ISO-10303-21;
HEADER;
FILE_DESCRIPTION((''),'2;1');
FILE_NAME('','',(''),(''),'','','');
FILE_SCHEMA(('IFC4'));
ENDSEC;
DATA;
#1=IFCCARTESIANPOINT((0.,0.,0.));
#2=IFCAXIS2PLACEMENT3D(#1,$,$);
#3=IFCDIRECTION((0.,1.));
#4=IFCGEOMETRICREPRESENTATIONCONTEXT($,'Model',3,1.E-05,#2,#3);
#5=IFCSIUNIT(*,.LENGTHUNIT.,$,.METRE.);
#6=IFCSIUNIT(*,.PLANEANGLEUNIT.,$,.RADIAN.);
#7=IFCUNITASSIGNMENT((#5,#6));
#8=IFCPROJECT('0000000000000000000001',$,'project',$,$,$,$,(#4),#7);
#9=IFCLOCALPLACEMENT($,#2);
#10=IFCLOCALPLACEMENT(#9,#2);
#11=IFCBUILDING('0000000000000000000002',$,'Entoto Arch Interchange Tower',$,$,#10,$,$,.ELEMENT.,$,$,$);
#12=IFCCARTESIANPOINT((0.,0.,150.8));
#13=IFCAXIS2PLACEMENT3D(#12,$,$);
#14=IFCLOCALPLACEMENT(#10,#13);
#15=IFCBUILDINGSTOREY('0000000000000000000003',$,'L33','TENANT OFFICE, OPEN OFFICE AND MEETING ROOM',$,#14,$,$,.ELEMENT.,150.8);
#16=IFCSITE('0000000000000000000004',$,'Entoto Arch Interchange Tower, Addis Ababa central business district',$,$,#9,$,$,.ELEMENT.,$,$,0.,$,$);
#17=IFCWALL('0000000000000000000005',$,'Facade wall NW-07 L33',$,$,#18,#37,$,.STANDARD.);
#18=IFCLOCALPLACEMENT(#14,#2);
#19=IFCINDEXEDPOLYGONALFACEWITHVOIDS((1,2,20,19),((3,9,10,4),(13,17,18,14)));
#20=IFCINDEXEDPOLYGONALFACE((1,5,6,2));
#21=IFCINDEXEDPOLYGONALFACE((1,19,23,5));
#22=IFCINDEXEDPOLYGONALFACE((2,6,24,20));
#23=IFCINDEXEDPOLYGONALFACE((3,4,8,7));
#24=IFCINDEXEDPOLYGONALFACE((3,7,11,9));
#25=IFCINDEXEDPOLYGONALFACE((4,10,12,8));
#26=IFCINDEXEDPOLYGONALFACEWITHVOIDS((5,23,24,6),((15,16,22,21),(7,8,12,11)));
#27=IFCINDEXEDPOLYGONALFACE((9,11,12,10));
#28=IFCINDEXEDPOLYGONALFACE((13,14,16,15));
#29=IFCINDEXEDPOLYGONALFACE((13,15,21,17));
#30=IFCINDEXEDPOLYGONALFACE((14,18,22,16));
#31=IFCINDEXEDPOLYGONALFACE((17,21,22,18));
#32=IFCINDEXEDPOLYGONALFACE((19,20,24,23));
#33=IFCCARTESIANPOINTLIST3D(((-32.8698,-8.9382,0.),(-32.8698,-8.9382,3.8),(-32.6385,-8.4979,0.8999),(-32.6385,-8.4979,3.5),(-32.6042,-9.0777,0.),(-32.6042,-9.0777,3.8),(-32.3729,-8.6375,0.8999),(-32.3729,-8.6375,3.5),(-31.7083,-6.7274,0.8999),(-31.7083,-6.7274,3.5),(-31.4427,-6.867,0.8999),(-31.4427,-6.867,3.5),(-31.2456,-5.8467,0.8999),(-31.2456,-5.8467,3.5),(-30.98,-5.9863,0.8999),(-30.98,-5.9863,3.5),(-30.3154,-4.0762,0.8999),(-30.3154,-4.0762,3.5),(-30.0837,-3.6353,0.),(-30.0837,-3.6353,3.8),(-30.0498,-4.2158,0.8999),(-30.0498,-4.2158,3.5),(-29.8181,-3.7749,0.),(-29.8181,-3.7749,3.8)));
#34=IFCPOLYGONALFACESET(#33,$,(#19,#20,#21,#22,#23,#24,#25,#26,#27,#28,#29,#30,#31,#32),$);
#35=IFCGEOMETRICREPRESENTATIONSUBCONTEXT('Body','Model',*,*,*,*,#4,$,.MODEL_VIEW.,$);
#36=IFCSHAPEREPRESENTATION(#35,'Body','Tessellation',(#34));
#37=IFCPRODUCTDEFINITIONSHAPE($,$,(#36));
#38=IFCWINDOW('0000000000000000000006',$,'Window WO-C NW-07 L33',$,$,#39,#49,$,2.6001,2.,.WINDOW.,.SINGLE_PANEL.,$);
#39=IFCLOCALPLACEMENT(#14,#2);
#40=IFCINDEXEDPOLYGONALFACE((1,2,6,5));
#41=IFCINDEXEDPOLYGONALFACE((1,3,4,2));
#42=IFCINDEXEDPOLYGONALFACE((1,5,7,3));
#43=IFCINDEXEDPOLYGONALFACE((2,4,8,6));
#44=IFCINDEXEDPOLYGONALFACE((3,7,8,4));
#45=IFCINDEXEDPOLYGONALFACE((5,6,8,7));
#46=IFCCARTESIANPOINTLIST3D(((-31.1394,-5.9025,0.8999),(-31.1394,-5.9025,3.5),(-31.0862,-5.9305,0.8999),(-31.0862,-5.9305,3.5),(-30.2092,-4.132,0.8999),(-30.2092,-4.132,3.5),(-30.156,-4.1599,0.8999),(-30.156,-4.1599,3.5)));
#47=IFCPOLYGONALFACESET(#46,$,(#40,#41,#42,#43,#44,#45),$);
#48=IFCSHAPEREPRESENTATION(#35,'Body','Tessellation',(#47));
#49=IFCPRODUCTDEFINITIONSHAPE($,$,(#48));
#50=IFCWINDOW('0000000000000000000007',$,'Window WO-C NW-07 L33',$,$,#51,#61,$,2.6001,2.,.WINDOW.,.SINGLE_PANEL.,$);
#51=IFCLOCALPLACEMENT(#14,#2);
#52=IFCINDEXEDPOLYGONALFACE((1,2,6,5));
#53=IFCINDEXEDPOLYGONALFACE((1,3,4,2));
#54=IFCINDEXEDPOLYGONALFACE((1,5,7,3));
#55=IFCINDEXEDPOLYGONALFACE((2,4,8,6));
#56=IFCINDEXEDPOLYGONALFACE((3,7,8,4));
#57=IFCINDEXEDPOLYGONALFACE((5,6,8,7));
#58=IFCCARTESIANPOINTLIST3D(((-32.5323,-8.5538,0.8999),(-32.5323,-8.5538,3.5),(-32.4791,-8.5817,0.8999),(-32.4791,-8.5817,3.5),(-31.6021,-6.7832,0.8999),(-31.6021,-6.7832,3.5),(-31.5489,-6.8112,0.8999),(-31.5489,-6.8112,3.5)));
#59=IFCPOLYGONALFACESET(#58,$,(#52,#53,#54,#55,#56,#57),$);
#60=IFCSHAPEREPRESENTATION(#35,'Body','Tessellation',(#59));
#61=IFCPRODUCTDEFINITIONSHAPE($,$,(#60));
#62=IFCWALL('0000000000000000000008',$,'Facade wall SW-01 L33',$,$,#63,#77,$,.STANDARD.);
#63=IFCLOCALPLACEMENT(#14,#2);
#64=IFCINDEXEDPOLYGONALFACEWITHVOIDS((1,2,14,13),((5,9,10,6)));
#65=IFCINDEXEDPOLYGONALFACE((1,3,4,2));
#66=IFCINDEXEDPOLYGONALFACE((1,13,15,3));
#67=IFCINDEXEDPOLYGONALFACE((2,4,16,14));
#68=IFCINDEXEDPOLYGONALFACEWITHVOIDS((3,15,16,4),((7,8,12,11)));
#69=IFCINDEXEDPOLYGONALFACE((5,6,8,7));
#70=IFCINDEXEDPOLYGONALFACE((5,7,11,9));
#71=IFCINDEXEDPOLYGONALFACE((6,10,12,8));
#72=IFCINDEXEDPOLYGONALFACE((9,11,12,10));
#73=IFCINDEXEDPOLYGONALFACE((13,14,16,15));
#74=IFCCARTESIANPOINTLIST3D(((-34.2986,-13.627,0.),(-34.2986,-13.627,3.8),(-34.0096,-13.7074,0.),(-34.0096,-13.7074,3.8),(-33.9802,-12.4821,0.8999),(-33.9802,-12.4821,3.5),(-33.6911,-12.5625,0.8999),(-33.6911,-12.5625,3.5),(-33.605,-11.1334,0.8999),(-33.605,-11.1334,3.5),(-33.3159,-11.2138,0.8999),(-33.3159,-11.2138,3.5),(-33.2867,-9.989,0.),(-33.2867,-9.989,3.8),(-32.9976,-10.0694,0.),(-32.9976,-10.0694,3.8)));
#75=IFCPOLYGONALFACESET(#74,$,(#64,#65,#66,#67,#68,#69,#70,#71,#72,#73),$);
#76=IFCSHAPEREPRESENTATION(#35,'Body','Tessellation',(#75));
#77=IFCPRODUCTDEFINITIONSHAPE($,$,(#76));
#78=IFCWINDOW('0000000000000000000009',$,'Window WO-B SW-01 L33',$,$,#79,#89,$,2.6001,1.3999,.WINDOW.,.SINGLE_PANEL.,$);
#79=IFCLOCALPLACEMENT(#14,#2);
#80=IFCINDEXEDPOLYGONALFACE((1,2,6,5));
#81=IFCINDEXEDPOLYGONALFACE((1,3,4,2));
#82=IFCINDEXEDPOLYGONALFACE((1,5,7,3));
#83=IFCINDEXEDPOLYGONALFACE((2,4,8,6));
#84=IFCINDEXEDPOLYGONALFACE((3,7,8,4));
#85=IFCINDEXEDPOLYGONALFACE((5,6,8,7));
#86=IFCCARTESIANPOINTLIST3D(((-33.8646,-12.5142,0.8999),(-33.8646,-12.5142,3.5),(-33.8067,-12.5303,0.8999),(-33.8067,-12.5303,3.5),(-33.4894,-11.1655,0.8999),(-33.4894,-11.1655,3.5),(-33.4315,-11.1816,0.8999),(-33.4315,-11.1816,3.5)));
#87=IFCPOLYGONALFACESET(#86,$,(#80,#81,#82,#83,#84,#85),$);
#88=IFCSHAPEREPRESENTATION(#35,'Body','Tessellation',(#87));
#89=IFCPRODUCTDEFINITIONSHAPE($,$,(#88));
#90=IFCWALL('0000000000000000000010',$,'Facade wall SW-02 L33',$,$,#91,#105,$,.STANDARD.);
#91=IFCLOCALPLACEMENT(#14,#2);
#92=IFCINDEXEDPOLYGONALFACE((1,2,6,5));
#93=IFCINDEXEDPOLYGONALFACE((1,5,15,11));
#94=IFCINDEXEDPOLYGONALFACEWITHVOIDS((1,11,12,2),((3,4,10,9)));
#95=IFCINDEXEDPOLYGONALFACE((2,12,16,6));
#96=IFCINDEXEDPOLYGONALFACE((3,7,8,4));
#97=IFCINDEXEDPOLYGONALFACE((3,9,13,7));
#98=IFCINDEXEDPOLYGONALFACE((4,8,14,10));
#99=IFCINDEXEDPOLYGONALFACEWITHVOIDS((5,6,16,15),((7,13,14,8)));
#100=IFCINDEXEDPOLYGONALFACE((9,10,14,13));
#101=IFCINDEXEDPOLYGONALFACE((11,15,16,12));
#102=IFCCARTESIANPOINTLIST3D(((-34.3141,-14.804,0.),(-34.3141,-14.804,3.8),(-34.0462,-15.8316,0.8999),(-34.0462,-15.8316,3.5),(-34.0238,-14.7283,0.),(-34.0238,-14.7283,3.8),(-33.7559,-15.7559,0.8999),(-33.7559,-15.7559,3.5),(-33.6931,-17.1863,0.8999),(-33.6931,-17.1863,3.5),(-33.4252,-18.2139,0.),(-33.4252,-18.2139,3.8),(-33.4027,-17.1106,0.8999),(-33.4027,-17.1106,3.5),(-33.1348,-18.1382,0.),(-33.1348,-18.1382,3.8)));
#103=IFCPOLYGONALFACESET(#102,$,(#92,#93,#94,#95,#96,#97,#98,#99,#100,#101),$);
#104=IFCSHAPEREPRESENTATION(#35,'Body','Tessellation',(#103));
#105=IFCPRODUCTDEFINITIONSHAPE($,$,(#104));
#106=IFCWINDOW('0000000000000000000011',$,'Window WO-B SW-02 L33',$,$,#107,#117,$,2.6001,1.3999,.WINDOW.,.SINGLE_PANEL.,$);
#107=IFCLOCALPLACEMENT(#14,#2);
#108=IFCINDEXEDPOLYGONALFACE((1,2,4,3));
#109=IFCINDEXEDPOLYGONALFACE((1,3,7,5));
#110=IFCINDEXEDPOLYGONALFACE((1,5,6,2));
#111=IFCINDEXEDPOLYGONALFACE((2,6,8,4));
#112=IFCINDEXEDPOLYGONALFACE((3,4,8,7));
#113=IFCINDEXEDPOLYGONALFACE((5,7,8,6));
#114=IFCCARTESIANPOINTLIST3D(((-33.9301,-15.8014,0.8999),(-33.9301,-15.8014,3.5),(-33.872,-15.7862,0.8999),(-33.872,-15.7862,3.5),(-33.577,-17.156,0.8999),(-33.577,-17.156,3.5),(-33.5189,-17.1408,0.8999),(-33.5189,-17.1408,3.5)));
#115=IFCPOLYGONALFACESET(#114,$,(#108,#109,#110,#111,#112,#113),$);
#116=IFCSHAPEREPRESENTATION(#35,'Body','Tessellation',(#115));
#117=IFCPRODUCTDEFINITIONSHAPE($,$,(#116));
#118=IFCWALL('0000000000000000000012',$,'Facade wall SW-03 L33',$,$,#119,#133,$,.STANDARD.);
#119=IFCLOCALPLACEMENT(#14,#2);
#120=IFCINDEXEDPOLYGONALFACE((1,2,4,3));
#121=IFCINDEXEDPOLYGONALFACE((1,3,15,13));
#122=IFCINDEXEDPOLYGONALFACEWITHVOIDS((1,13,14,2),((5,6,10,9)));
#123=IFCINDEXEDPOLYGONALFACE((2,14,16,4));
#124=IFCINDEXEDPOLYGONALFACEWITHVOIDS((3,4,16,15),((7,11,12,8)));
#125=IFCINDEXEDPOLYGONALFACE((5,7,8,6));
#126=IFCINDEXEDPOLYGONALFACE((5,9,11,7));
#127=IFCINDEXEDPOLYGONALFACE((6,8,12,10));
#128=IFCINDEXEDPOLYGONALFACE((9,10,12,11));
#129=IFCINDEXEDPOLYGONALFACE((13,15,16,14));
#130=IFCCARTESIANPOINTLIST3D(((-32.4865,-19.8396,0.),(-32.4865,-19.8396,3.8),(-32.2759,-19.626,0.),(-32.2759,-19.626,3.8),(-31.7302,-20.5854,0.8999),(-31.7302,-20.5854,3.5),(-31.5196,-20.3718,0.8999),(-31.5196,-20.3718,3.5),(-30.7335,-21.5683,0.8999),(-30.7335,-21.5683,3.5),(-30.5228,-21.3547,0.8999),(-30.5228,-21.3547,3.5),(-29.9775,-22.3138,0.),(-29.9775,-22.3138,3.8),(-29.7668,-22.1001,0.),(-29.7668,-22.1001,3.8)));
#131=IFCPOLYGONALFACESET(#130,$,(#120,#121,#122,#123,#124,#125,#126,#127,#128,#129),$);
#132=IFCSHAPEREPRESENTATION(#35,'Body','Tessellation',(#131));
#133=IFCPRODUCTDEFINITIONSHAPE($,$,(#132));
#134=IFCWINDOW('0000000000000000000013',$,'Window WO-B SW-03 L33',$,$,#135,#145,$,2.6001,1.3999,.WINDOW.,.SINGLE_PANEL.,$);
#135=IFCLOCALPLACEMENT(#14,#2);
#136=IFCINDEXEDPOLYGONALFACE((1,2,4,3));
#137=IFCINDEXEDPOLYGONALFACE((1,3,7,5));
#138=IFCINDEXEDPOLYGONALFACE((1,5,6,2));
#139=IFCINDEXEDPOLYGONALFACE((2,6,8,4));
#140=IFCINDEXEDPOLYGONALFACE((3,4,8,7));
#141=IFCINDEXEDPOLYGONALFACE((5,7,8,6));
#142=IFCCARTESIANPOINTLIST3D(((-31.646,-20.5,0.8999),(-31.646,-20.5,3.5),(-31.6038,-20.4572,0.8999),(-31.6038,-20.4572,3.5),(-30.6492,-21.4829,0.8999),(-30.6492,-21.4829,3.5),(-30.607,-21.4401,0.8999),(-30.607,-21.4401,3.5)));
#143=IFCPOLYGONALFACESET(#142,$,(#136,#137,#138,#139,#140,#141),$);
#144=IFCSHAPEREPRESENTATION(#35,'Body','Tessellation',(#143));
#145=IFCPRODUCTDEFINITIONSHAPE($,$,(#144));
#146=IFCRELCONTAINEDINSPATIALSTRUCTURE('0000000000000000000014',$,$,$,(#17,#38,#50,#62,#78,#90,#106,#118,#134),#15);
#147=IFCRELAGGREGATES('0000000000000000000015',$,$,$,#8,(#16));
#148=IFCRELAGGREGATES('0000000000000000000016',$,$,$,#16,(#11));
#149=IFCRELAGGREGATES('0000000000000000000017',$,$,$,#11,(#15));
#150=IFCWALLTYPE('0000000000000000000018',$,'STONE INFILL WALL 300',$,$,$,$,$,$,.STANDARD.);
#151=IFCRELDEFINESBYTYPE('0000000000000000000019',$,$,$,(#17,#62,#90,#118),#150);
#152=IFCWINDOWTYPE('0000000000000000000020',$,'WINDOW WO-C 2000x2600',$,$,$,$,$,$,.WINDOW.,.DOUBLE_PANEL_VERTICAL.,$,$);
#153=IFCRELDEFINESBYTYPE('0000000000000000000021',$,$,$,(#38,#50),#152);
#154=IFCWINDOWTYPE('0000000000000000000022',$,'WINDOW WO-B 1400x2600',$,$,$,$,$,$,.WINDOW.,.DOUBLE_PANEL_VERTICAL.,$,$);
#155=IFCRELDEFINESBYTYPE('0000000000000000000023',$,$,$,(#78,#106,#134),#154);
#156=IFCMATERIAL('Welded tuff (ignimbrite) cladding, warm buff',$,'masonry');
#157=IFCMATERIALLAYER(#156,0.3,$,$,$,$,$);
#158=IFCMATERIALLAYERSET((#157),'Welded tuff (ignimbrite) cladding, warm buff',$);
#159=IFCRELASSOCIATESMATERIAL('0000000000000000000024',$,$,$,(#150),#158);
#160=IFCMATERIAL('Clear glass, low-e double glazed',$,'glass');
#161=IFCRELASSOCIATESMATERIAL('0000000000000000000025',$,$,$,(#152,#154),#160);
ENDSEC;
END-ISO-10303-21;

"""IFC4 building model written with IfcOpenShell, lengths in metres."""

from ifc_helpers import new_model, si_unit, direction, frame, frame_2d, origin, place, context, subcontext, project, spatial, rectangle, extrude, material, layer, layer_set, type_object, element, fill, save


model = new_model("IFC4")

# Units and contexts
model_context = context("Model", 3, precision=1e-05, world=origin(), true_north=direction((0.0, 1.0)))
body_context = subcontext(model_context, "Body", "Model", "MODEL_VIEW")
ifc_project = project(units=[si_unit("LENGTHUNIT", "METRE"), si_unit("PLANEANGLEUNIT", "RADIAN")], contexts=[model_context])

# Site, building, storey
site_placement = place(None, origin())
site = spatial("IfcSite", under=ifc_project, at=site_placement, Name="Entoto Arch Interchange Tower, Addis Ababa central business district", CompositionType="ELEMENT", RefElevation=0.0)
building_placement = place(site_placement, origin())
building = spatial("IfcBuilding", under=site, at=building_placement, Name="Entoto Arch Interchange Tower", CompositionType="ELEMENT")
storey_placement = place(building_placement, frame((0.0, 0.0, 150.8)))
storey = spatial("IfcBuildingStorey", under=building, at=storey_placement, Name="L33", Description="TENANT OFFICE, OPEN OFFICE AND MEETING ROOM", CompositionType="ELEMENT", Elevation=150.8)

# Wall, openings, windows
ifc_material_1 = material(Name="Welded tuff (ignimbrite) cladding, warm buff", Category="masonry")
ifc_layer_1 = layer(ifc_material_1, 0.3)
ifc_layer_set_1 = layer_set([ifc_layer_1], Name="Welded tuff (ignimbrite) cladding, warm buff")
wall_type_1 = type_object("IfcWallType", Name="STONE INFILL WALL 300", PredefinedType="STANDARD", material=ifc_layer_set_1)
wall_1_placement = place(storey_placement, frame((-29.9509, -3.7051, 0.0), z_axis=(0.0, 0.0, 1.0), x_axis=(-0.465105, -0.885256, 0.0)))
wall_1 = element("IfcWall", 1, at=wall_1_placement, inside=storey, type_object=wall_type_1, Name="Facade wall NW-07 L33", PredefinedType="STANDARD", context=body_context, shape_type="SweptSolid", body=[
    extrude(rectangle(XDim=5.9902, YDim=0.3, at=frame_2d((2.9951, 0.0))), origin(), (0.0, 0.0, 1.0), 3.8),
])
opening_1_placement = place(wall_1_placement, frame((0.498, 0.0, 0.8999)))
opening_1 = element("IfcOpeningElement", 2, at=opening_1_placement, cuts=wall_1, PredefinedType="OPENING", context=body_context, shape_type="SweptSolid", body=[
    extrude(rectangle(XDim=2.0, YDim=2.6001, at=frame_2d((1.0, 1.3))), frame((0.0, 0.1602, 0.0), z_axis=(0.0, -1.0, 0.0), x_axis=(1.0, 0.0, 0.0)), (0.0, 0.0, 1.0), 0.3201),
])
opening_2_placement = place(wall_1_placement, frame((3.4929, 0.0, 0.8999)))
opening_2 = element("IfcOpeningElement", 3, at=opening_2_placement, cuts=wall_1, PredefinedType="OPENING", context=body_context, shape_type="SweptSolid", body=[
    extrude(rectangle(XDim=2.0, YDim=2.6001, at=frame_2d((1.0, 1.3))), frame((0.0, 0.1602, 0.0), z_axis=(0.0, -1.0, 0.0), x_axis=(1.0, 0.0, 0.0)), (0.0, 0.0, 1.0), 0.3201),
])
ifc_material_2 = material(Name="Clear glass, low-e double glazed", Category="glass")
window_type_1 = type_object("IfcWindowType", Name="WINDOW WO-C 2000x2600", PartitioningType="DOUBLE_PANEL_VERTICAL", PredefinedType="WINDOW", material=ifc_material_2)
window_1_placement = place(opening_1_placement, origin())
window_1 = element("IfcWindow", 4, at=window_1_placement, inside=storey, type_object=window_type_1, Name="Window WO-C NW-07 L33", OverallHeight=2.6001, OverallWidth=2.0, PartitioningType="SINGLE_PANEL", PredefinedType="WINDOW", context=body_context, shape_type="SweptSolid", body=[
    extrude(rectangle(XDim=2.0, YDim=2.6001, at=frame_2d((1.0, 1.3))), frame((0.0, 0.03, 0.0), z_axis=(0.0, -1.0, 0.0), x_axis=(1.0, 0.0, 0.0)), (0.0, 0.0, 1.0), 0.0601),
])
fill(opening_1, window_1)
window_2_placement = place(opening_2_placement, origin())
window_2 = element("IfcWindow", 5, at=window_2_placement, inside=storey, type_object=window_type_1, Name="Window WO-C NW-07 L33", OverallHeight=2.6001, OverallWidth=2.0, PartitioningType="SINGLE_PANEL", PredefinedType="WINDOW", context=body_context, shape_type="SweptSolid", body=[
    extrude(rectangle(XDim=2.0, YDim=2.6001, at=frame_2d((1.0, 1.3))), frame((0.0, 0.03, 0.0), z_axis=(0.0, -1.0, 0.0), x_axis=(1.0, 0.0, 0.0)), (0.0, 0.0, 1.0), 0.0601),
])
fill(opening_2, window_2)

# Walls, openings, windows
wall_2_placement = place(storey_placement, frame((-33.1421, -10.0291, 0.0), z_axis=(0.0, 0.0, 1.0), x_axis=(-0.267994, -0.963421, 0.0)))
wall_2 = element("IfcWall", 6, at=wall_2_placement, inside=storey, type_object=wall_type_1, Name="Facade wall SW-01 L33", PredefinedType="STANDARD", context=body_context, shape_type="SweptSolid", body=[
    extrude(rectangle(XDim=3.7761, YDim=0.3, at=frame_2d((1.8882, 0.0))), origin(), (0.0, 0.0, 1.0), 3.8),
])
opening_3_placement = place(wall_2_placement, frame((1.188, 0.0, 0.8999)))
opening_3 = element("IfcOpeningElement", 7, at=opening_3_placement, cuts=wall_2, PredefinedType="OPENING", context=body_context, shape_type="SweptSolid", body=[
    extrude(rectangle(XDim=1.3999, YDim=2.6001, at=frame_2d((0.7, 1.3))), frame((0.0, 0.1602, 0.0), z_axis=(0.0, -1.0, 0.0), x_axis=(1.0, 0.0, 0.0)), (0.0, 0.0, 1.0), 0.3201),
])
window_type_2 = type_object("IfcWindowType", Name="WINDOW WO-B 1400x2600", PartitioningType="DOUBLE_PANEL_VERTICAL", PredefinedType="WINDOW", material=ifc_material_2)
window_3_placement = place(opening_3_placement, origin())
window_3 = element("IfcWindow", 8, at=window_3_placement, inside=storey, type_object=window_type_2, Name="Window WO-B SW-01 L33", OverallHeight=2.6001, OverallWidth=1.3999, PartitioningType="SINGLE_PANEL", PredefinedType="WINDOW", context=body_context, shape_type="SweptSolid", body=[
    extrude(rectangle(XDim=1.3999, YDim=2.6001, at=frame_2d((0.7, 1.3))), frame((0.0, 0.03, 0.0), z_axis=(0.0, -1.0, 0.0), x_axis=(1.0, 0.0, 0.0)), (0.0, 0.0, 1.0), 0.0601),
])
fill(opening_3, window_3)
wall_3_placement = place(storey_placement, frame((-34.1689, -14.7661, 0.0), z_axis=(0.0, 0.0, 1.0), x_axis=(0.252255, -0.967661, 0.0)))
wall_3 = element("IfcWall", 9, at=wall_3_placement, inside=storey, type_object=wall_type_1, Name="Facade wall SW-02 L33", PredefinedType="STANDARD", context=body_context, shape_type="SweptSolid", body=[
    extrude(rectangle(XDim=3.5239, YDim=0.3, at=frame_2d((1.762, 0.0))), origin(), (0.0, 0.0, 1.0), 3.8),
])
opening_4_placement = place(wall_3_placement, frame((1.062, 0.0, 0.8999)))
opening_4 = element("IfcOpeningElement", 10, at=opening_4_placement, cuts=wall_3, PredefinedType="OPENING", context=body_context, shape_type="SweptSolid", body=[
    extrude(rectangle(XDim=1.3999, YDim=2.6001, at=frame_2d((0.7, 1.3))), frame((0.0, 0.1602, 0.0), z_axis=(0.0, -1.0, 0.0), x_axis=(1.0, 0.0, 0.0)), (0.0, 0.0, 1.0), 0.3201),
])
window_4_placement = place(opening_4_placement, origin())
window_4 = element("IfcWindow", 11, at=window_4_placement, inside=storey, type_object=window_type_2, Name="Window WO-B SW-02 L33", OverallHeight=2.6001, OverallWidth=1.3999, PartitioningType="SINGLE_PANEL", PredefinedType="WINDOW", context=body_context, shape_type="SweptSolid", body=[
    extrude(rectangle(XDim=1.3999, YDim=2.6001, at=frame_2d((0.7, 1.3))), frame((0.0, 0.03, 0.0), z_axis=(0.0, -1.0, 0.0), x_axis=(1.0, 0.0, 0.0)), (0.0, 0.0, 1.0), 0.0601),
])
fill(opening_4, window_4)
wall_4_placement = place(storey_placement, frame((-32.3811, -19.7329, 0.0), z_axis=(0.0, 0.0, 1.0), x_axis=(0.712043, -0.702136, 0.0)))
wall_4 = element("IfcWall", 12, at=wall_4_placement, inside=storey, type_object=wall_type_1, Name="Facade wall SW-03 L33", PredefinedType="STANDARD", context=body_context, shape_type="SweptSolid", body=[
    extrude(rectangle(XDim=3.5237, YDim=0.3, at=frame_2d((1.7617, 0.0))), origin(), (0.0, 0.0, 1.0), 3.8),
])
opening_5_placement = place(wall_4_placement, frame((1.062, 0.0, 0.8999)))
opening_5 = element("IfcOpeningElement", 13, at=opening_5_placement, cuts=wall_4, PredefinedType="OPENING", context=body_context, shape_type="SweptSolid", body=[
    extrude(rectangle(XDim=1.3999, YDim=2.6001, at=frame_2d((0.7, 1.3))), frame((0.0, 0.1602, 0.0), z_axis=(0.0, -1.0, 0.0), x_axis=(1.0, 0.0, 0.0)), (0.0, 0.0, 1.0), 0.3201),
])
window_5_placement = place(opening_5_placement, origin())
window_5 = element("IfcWindow", 14, at=window_5_placement, inside=storey, type_object=window_type_2, Name="Window WO-B SW-03 L33", OverallHeight=2.6001, OverallWidth=1.3999, PartitioningType="SINGLE_PANEL", PredefinedType="WINDOW", context=body_context, shape_type="SweptSolid", body=[
    extrude(rectangle(XDim=1.3999, YDim=2.6001, at=frame_2d((0.7, 1.3))), frame((0.0, 0.03, 0.0), z_axis=(0.0, -1.0, 0.0), x_axis=(1.0, 0.0, 0.0)), (0.0, 0.0, 1.0), 0.0601),
])
fill(opening_5, window_5)

save(model, "model.ifc")
